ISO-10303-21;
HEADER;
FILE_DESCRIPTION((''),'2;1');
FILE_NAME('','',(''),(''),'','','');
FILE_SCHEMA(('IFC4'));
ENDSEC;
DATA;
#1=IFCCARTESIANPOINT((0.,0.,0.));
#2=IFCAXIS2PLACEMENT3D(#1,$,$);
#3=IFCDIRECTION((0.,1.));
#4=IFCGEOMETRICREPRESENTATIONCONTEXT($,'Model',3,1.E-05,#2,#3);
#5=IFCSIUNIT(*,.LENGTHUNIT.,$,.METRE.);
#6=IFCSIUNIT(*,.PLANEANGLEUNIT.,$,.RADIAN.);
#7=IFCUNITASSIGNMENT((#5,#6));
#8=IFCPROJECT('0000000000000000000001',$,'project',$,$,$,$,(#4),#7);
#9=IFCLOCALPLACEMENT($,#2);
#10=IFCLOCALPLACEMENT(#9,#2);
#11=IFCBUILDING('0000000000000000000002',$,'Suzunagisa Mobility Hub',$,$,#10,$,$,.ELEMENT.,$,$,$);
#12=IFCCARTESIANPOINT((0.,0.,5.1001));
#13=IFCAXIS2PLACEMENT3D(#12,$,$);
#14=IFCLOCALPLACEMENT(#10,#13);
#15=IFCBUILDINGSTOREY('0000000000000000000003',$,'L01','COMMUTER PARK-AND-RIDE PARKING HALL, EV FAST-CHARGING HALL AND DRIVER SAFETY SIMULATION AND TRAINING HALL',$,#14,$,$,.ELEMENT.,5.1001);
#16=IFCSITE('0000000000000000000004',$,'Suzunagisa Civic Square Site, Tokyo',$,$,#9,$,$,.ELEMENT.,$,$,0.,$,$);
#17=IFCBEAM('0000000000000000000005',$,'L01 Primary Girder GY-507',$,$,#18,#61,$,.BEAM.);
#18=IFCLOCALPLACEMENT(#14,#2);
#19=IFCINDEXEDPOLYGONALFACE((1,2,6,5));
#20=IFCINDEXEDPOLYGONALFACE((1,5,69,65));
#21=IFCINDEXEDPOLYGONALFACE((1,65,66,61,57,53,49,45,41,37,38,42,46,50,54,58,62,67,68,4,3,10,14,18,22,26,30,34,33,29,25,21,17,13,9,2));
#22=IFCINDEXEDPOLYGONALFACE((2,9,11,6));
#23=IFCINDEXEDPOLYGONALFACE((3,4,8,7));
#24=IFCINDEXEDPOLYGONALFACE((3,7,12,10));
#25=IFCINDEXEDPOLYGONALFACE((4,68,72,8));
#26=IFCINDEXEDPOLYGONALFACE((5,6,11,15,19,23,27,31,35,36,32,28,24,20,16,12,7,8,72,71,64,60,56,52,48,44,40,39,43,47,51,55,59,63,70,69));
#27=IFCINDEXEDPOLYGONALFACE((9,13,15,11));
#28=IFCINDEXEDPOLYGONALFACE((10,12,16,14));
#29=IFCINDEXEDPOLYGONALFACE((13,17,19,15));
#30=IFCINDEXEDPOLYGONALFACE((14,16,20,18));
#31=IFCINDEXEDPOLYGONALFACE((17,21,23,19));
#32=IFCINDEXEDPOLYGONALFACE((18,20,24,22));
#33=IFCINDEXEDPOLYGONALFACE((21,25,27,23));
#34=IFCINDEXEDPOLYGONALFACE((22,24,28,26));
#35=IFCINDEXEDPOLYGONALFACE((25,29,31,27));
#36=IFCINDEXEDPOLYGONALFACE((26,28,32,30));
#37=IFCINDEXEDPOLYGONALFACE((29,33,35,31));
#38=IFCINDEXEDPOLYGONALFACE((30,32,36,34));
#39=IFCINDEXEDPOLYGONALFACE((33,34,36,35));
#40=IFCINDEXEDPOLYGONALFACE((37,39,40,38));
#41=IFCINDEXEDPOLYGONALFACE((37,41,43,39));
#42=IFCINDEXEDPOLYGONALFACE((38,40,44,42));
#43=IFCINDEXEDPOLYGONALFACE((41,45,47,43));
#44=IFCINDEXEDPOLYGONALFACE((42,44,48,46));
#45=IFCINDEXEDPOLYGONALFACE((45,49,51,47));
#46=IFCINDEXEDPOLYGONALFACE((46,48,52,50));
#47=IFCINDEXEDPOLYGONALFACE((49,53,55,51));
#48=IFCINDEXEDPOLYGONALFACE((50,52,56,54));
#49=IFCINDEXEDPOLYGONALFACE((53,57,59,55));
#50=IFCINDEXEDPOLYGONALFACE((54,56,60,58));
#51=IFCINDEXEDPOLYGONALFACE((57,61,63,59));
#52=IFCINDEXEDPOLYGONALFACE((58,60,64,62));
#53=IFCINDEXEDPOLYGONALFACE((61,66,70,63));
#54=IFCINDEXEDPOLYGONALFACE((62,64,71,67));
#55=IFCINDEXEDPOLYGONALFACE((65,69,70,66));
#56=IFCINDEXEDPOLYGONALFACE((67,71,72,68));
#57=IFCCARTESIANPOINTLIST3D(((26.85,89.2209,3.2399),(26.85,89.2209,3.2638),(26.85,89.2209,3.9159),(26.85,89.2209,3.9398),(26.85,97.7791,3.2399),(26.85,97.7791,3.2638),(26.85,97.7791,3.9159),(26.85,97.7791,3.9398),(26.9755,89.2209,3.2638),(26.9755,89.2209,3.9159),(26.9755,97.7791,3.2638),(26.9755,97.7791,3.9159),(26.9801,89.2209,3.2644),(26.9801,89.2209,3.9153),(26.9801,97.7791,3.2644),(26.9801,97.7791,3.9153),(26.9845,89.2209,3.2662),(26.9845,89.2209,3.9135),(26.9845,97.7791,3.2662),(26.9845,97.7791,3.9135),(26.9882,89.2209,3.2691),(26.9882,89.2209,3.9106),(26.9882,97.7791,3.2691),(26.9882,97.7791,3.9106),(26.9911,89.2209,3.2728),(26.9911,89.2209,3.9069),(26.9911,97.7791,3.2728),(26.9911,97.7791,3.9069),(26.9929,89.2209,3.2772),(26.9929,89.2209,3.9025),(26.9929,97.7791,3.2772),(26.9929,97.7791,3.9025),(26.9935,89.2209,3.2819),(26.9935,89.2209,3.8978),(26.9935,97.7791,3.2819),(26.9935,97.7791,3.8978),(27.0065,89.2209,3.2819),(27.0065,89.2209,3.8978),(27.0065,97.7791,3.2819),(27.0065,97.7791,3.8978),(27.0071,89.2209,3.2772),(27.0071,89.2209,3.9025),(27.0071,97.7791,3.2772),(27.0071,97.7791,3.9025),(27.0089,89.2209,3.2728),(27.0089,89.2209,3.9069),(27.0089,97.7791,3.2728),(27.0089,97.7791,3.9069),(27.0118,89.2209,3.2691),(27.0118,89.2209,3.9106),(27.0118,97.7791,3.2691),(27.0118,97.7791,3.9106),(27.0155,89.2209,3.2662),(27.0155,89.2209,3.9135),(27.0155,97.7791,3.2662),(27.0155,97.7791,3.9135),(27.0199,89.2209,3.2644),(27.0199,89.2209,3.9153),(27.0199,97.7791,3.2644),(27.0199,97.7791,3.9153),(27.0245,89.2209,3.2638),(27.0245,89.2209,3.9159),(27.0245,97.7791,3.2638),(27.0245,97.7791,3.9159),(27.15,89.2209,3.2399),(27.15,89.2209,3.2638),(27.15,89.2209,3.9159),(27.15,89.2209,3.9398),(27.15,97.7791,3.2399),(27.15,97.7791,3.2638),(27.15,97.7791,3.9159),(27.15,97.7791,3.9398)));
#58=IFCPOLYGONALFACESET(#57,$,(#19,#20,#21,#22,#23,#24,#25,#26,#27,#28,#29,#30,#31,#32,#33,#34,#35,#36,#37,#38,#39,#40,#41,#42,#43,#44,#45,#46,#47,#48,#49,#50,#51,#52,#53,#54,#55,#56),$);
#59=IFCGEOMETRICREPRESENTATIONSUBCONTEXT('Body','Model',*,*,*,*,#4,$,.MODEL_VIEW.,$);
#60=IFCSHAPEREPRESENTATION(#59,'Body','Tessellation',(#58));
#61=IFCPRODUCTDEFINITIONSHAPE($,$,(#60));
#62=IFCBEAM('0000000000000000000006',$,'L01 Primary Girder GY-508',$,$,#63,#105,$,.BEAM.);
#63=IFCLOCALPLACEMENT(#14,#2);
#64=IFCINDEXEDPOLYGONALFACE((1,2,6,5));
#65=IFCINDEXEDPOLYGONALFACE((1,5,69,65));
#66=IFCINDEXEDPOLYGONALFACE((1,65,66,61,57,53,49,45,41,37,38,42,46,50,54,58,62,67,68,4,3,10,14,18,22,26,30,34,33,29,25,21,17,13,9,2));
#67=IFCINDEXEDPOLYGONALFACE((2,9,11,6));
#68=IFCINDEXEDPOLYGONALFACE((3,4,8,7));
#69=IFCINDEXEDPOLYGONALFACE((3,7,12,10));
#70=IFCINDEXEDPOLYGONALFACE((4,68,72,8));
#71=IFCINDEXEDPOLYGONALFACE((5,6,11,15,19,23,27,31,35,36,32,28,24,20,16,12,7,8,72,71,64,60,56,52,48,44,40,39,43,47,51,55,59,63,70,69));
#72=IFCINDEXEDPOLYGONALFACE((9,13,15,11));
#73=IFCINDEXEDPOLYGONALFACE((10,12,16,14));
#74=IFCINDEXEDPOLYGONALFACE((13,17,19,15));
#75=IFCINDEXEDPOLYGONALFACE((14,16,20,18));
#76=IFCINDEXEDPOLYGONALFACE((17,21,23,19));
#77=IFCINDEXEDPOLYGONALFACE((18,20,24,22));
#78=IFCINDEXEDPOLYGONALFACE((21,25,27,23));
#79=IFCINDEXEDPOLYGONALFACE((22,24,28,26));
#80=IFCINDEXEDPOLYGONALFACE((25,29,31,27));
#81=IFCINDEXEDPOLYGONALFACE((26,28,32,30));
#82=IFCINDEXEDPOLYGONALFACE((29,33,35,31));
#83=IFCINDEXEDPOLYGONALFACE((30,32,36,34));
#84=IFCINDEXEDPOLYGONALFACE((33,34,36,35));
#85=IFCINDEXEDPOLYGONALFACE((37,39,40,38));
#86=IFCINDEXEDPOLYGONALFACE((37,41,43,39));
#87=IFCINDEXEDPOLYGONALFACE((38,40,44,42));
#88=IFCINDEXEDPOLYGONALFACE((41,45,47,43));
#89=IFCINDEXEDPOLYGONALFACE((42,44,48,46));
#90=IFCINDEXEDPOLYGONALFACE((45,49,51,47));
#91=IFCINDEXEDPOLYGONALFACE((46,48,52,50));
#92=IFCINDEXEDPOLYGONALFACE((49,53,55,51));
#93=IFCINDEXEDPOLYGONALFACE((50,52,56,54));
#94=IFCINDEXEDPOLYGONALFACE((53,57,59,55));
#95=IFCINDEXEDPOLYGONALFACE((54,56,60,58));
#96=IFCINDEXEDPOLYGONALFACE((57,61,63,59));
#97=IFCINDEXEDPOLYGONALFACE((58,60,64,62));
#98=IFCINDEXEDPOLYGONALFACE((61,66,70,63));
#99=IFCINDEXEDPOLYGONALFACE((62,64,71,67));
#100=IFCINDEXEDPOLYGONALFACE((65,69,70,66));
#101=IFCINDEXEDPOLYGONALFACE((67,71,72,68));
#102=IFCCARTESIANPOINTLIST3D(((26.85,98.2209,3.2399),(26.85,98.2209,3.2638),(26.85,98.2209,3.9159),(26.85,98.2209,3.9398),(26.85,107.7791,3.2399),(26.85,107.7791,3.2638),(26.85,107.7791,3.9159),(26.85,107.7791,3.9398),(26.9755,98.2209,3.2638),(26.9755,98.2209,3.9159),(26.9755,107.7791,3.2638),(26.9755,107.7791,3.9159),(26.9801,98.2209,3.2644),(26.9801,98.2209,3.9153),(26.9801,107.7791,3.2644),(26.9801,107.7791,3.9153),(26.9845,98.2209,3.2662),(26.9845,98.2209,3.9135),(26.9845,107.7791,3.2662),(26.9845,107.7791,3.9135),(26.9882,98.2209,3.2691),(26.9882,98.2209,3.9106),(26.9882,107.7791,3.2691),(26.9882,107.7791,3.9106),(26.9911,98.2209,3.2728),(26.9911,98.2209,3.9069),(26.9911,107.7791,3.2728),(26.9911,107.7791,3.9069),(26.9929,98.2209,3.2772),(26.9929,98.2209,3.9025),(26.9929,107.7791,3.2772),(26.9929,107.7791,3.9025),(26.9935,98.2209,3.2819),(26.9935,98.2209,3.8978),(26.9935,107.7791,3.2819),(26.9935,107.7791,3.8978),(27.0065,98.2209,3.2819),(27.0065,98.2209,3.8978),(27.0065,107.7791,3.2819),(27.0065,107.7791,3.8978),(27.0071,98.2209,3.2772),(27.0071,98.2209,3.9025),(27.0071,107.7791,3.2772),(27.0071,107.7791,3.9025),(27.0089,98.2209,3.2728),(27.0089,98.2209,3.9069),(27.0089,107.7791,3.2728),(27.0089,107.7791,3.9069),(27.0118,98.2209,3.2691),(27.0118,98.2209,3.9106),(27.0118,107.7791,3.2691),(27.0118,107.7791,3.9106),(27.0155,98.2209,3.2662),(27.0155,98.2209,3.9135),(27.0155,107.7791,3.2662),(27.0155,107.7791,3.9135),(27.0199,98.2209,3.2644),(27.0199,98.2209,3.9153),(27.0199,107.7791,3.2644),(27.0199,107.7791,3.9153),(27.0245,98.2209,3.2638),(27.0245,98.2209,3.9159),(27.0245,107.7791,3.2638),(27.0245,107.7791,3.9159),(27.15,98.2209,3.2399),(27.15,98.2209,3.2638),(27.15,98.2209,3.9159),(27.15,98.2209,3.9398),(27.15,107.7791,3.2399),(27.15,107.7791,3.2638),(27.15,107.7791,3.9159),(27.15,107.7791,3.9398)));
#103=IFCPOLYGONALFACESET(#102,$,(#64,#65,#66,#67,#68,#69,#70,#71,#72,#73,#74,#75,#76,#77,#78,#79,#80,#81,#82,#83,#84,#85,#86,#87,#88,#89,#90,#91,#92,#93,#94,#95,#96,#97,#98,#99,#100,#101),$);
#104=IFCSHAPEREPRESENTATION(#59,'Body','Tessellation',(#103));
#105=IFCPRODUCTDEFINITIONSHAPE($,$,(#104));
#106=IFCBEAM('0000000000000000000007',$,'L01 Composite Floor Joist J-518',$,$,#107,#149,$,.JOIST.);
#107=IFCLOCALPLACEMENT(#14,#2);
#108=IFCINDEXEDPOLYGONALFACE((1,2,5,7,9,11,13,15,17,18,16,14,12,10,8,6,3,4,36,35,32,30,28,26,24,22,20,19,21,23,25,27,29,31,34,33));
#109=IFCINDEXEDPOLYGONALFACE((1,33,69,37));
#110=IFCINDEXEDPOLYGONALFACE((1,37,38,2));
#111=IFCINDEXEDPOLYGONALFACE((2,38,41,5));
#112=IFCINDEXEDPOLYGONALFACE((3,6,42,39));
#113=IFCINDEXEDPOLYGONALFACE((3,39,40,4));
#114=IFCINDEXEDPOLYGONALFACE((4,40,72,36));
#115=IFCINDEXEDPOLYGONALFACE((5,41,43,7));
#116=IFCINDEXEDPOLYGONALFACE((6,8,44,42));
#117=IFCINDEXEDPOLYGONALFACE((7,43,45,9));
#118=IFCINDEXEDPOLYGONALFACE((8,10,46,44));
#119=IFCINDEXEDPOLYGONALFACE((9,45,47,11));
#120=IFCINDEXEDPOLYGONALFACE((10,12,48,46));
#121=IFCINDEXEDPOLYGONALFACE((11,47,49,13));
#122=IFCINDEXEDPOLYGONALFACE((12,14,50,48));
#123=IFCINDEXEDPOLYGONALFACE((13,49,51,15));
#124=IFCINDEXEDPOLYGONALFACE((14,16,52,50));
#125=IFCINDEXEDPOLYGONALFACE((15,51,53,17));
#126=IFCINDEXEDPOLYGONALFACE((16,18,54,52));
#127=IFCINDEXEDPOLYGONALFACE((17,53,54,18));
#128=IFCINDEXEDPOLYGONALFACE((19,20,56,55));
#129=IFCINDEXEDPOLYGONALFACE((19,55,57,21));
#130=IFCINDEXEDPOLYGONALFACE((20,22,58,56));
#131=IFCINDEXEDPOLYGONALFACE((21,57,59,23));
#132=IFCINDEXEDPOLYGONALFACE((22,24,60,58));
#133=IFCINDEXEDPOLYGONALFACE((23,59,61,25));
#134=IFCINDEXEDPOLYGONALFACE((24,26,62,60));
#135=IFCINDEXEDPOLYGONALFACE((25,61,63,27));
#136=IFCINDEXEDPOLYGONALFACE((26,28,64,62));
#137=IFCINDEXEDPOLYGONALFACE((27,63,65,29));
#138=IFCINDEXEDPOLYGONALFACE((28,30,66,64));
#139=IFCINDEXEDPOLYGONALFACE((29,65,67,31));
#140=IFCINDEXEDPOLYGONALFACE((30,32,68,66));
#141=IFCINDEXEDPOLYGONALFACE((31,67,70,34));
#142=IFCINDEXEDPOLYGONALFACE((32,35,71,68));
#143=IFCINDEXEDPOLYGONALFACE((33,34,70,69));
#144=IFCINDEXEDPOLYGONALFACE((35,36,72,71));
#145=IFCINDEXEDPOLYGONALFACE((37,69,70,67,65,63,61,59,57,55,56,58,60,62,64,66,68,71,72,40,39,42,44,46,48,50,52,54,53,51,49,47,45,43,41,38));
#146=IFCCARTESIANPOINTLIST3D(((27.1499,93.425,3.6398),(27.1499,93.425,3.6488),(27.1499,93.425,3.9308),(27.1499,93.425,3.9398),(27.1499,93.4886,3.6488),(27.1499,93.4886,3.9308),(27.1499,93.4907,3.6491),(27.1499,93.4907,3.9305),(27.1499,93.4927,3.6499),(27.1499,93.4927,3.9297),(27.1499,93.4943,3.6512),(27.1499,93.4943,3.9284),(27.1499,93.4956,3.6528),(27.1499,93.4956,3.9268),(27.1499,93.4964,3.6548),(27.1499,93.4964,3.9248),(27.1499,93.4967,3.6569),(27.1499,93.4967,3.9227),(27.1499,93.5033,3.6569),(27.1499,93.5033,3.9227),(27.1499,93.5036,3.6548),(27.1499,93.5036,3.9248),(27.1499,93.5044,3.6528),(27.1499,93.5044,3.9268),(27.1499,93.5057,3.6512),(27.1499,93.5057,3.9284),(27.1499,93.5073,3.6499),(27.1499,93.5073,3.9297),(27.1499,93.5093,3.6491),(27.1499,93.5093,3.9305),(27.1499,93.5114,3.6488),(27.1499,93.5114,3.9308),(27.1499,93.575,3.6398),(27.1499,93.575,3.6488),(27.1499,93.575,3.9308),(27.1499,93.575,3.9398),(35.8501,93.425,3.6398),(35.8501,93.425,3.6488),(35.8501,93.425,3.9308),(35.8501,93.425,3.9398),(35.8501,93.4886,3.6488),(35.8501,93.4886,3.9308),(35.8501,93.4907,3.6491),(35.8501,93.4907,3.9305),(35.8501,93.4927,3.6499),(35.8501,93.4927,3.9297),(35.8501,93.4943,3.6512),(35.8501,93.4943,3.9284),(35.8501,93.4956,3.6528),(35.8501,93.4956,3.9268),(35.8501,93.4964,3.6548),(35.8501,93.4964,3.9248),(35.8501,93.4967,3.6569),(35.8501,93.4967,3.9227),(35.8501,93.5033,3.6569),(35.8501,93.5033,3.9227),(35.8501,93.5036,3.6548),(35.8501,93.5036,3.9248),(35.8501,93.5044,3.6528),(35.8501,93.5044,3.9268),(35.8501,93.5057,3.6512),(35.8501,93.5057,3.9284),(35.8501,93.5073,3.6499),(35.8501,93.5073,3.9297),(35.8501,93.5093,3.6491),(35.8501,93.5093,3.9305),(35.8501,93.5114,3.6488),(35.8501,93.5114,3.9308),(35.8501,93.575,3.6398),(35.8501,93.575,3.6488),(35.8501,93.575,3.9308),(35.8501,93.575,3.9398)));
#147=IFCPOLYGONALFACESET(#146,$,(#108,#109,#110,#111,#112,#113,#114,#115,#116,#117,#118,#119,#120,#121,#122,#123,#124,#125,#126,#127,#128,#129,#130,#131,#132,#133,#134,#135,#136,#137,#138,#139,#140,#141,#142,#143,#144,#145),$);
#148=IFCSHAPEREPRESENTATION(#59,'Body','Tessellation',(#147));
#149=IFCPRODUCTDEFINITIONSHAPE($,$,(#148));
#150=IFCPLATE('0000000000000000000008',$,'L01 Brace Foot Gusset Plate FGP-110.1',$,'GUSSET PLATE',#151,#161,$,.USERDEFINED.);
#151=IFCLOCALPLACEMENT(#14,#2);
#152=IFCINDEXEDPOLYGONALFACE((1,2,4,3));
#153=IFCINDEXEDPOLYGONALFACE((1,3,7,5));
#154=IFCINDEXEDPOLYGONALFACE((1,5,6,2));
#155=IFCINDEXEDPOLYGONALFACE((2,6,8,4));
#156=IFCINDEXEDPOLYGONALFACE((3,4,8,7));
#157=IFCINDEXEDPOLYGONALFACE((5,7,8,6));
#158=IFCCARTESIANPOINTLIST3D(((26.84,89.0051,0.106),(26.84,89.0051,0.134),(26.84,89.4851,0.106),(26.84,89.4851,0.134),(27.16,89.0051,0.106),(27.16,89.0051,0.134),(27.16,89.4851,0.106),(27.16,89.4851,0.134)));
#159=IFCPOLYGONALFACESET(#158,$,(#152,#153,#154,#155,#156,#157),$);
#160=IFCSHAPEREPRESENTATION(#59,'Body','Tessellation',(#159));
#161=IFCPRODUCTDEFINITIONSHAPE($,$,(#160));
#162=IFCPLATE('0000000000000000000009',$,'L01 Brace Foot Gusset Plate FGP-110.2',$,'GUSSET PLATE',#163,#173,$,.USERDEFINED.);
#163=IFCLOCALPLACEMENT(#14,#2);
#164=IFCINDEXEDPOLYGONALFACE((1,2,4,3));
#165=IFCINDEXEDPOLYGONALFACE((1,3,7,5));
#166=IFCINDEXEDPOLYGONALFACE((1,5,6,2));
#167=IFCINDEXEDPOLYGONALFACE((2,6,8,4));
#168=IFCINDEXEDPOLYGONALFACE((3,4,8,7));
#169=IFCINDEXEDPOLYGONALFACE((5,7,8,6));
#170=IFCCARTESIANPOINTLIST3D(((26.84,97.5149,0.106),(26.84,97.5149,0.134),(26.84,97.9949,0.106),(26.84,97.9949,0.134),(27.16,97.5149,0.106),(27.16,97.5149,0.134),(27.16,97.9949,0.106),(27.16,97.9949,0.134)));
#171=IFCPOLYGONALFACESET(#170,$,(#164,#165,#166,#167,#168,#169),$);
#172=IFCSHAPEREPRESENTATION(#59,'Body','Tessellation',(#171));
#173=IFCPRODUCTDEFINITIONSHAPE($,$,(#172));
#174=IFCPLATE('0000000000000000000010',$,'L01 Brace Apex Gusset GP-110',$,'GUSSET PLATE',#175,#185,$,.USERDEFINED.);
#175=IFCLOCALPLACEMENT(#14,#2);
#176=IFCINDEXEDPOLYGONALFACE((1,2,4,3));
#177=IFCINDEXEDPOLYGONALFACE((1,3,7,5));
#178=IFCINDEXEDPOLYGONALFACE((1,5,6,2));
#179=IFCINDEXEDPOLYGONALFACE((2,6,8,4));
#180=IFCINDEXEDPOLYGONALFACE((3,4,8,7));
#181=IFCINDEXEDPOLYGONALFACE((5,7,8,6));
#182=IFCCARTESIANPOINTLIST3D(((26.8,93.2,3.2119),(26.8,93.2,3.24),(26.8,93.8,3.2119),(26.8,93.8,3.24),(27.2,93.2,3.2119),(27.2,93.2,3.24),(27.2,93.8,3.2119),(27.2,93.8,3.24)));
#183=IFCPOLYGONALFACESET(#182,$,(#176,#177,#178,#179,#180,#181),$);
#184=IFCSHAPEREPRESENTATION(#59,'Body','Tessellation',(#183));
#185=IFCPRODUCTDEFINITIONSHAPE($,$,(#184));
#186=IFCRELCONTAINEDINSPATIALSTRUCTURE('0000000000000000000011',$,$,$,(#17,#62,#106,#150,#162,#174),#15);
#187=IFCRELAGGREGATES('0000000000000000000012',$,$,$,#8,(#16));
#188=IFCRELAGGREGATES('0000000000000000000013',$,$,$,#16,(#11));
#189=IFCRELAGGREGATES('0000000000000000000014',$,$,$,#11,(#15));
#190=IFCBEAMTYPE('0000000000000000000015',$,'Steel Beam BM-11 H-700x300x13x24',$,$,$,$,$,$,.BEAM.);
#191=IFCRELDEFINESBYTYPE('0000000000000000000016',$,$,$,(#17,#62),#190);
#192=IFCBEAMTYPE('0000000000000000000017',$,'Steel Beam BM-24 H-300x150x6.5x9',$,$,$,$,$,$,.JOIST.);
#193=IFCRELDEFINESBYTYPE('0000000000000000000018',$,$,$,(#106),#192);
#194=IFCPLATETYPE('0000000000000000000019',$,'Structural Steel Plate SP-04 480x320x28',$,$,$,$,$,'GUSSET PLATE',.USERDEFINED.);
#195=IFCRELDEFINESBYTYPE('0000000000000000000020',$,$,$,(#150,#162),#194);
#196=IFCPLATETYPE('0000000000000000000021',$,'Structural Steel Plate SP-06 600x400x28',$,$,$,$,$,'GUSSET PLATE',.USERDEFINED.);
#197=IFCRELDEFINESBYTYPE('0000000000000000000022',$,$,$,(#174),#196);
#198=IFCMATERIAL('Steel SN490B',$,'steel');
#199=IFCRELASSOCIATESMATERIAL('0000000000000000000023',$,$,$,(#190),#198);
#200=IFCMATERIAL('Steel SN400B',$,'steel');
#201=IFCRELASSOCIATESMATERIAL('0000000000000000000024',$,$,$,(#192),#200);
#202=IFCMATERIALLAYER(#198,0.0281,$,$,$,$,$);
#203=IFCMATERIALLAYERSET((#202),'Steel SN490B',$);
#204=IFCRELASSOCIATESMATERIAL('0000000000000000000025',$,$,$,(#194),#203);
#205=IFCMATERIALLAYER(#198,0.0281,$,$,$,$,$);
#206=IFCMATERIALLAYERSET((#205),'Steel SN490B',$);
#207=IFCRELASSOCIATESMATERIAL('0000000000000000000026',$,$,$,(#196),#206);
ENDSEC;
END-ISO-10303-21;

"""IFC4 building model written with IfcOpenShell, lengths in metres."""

from ifc_helpers import new_model, si_unit, direction, frame, origin, origin_2d, place, context, subcontext, project, spatial, rectangle, i_section, extrude, material, layer, layer_set, material_profile, profile_set, type_object, element, save


model = new_model("IFC4")

# Units and contexts
model_context = context("Model", 3, precision=1e-05, world=origin(), true_north=direction((0.0, 1.0)))
body_context = subcontext(model_context, "Body", "Model", "MODEL_VIEW")
ifc_project = project(units=[si_unit("LENGTHUNIT", "METRE"), si_unit("PLANEANGLEUNIT", "RADIAN")], contexts=[model_context])

# Site, building, storey
site_placement = place(None, origin())
site = spatial("IfcSite", under=ifc_project, at=site_placement, Name="Suzunagisa Civic Square Site, Tokyo", CompositionType="ELEMENT", RefElevation=0.0)
building_placement = place(site_placement, origin())
building = spatial("IfcBuilding", under=site, at=building_placement, Name="Suzunagisa Mobility Hub", CompositionType="ELEMENT")
storey_placement = place(building_placement, frame((0.0, 0.0, 5.1001)))
storey = spatial("IfcBuildingStorey", under=building, at=storey_placement, Name="L01", Description="COMMUTER PARK-AND-RIDE PARKING HALL, EV FAST-CHARGING HALL AND DRIVER SAFETY SIMULATION AND TRAINING HALL", CompositionType="ELEMENT", Elevation=5.1001)

# Shared definitions
ifc_material_1 = material(Name="Steel SN490B", Category="steel")

# Beams
ifc_material_profile_1 = material_profile(ifc_material_1, i_section(OverallWidth=0.3, OverallDepth=0.7, WebThickness=0.0129, FlangeThickness=0.0239, FilletRadius=0.0181, at=origin_2d()), Name="H-700x300x13x24")
ifc_profile_set_1 = profile_set([ifc_material_profile_1], Name="Steel SN490B")
beam_type_1 = type_object("IfcBeamType", Name="Steel Beam BM-11 H-700x300x13x24", PredefinedType="BEAM", material=ifc_profile_set_1)
for number, where, z_axis, x_axis, name in (
    (1, (27.0, 89.2209, 3.5898), (0.0, 1.0, 0.0), (-1.0, 0.0, 0.0), "L01 Primary Girder GY-507"),
):
    element("IfcBeam", number, at=place(storey_placement, frame(where, z_axis=z_axis, x_axis=x_axis)), inside=storey, type_object=beam_type_1, Name=name, PredefinedType="BEAM", context=body_context, shape_type="SweptSolid", body=[
        extrude(i_section(OverallWidth=0.3, OverallDepth=0.7, WebThickness=0.0129, FlangeThickness=0.0239, FilletRadius=0.0181, at=origin_2d()), origin(), (0.0, 0.0, 1.0), 8.5581),
    ])
beam_1_placement = place(storey_placement, frame((27.0, 98.2209, 3.5898), z_axis=(0.0, 1.0, 0.0), x_axis=(-1.0, 0.0, 0.0)))
element("IfcBeam", 2, at=beam_1_placement, inside=storey, type_object=beam_type_1, Name="L01 Primary Girder GY-508", PredefinedType="BEAM", context=body_context, shape_type="SweptSolid", body=[
    extrude(i_section(OverallWidth=0.3, OverallDepth=0.7, WebThickness=0.0129, FlangeThickness=0.0239, FilletRadius=0.0181, at=origin_2d()), origin(), (0.0, 0.0, 1.0), 9.5581),
])
ifc_material_2 = material(Name="Steel SN400B", Category="steel")
ifc_material_profile_2 = material_profile(ifc_material_2, i_section(OverallWidth=0.1499, OverallDepth=0.3, WebThickness=0.0066, FlangeThickness=0.009, FilletRadius=0.0081, at=origin_2d()), Name="H-300x150x6.5x9")
ifc_profile_set_2 = profile_set([ifc_material_profile_2], Name="Steel SN400B")
beam_type_2 = type_object("IfcBeamType", Name="Steel Beam BM-24 H-300x150x6.5x9", PredefinedType="JOIST", material=ifc_profile_set_2)
beam_2_placement = place(storey_placement, frame((27.1499, 93.5, 3.7898), z_axis=(1.0, 0.0, 0.0), x_axis=(0.0, 1.0, 0.0)))
element("IfcBeam", 3, at=beam_2_placement, inside=storey, type_object=beam_type_2, Name="L01 Composite Floor Joist J-518", PredefinedType="JOIST", context=body_context, shape_type="SweptSolid", body=[
    extrude(i_section(OverallWidth=0.1499, OverallDepth=0.3, WebThickness=0.0066, FlangeThickness=0.009, FilletRadius=0.0081, at=origin_2d()), origin(), (0.0, 0.0, 1.0), 8.7002),
])

# Plates
ifc_layer_1 = layer(ifc_material_1, 0.0281)
ifc_layer_set_1 = layer_set([ifc_layer_1], Name="Steel SN490B")
plate_type_1 = type_object("IfcPlateType", Name="Structural Steel Plate SP-04 480x320x28", ElementType="GUSSET PLATE", PredefinedType="USERDEFINED", material=ifc_layer_set_1)
for number, where, z_axis, x_axis, name in (
    (4, (27.0, 89.2451, 0.106), (0.0, 0.0, 1.0), (1.0, 0.0, 0.0), "L01 Brace Foot Gusset Plate FGP-110.1"),
    (5, (27.0, 97.7549, 0.106), (0.0, 0.0, 1.0), (1.0, 0.0, 0.0), "L01 Brace Foot Gusset Plate FGP-110.2"),
):
    element("IfcPlate", number, at=place(storey_placement, frame(where, z_axis=z_axis, x_axis=x_axis)), inside=storey, type_object=plate_type_1, Name=name, ObjectType="GUSSET PLATE", PredefinedType="USERDEFINED", context=body_context, shape_type="SweptSolid", body=[
        extrude(rectangle(XDim=0.3201, YDim=0.48, at=origin_2d()), origin(), (0.0, 0.0, 1.0), 0.0281),
    ])
ifc_layer_2 = layer(ifc_material_1, 0.0281)
ifc_layer_set_2 = layer_set([ifc_layer_2], Name="Steel SN490B")
plate_type_2 = type_object("IfcPlateType", Name="Structural Steel Plate SP-06 600x400x28", ElementType="GUSSET PLATE", PredefinedType="USERDEFINED", material=ifc_layer_set_2)
plate_placement = place(storey_placement, frame((27.0, 93.5, 3.2119), z_axis=(0.0, 0.0, 1.0), x_axis=(1.0, 0.0, 0.0)))
element("IfcPlate", 6, at=plate_placement, inside=storey, type_object=plate_type_2, Name="L01 Brace Apex Gusset GP-110", ObjectType="GUSSET PLATE", PredefinedType="USERDEFINED", context=body_context, shape_type="SweptSolid", body=[
    extrude(rectangle(XDim=0.3999, YDim=0.6001, at=origin_2d()), origin(), (0.0, 0.0, 1.0), 0.0281),
])

save(model, "model.ifc")
